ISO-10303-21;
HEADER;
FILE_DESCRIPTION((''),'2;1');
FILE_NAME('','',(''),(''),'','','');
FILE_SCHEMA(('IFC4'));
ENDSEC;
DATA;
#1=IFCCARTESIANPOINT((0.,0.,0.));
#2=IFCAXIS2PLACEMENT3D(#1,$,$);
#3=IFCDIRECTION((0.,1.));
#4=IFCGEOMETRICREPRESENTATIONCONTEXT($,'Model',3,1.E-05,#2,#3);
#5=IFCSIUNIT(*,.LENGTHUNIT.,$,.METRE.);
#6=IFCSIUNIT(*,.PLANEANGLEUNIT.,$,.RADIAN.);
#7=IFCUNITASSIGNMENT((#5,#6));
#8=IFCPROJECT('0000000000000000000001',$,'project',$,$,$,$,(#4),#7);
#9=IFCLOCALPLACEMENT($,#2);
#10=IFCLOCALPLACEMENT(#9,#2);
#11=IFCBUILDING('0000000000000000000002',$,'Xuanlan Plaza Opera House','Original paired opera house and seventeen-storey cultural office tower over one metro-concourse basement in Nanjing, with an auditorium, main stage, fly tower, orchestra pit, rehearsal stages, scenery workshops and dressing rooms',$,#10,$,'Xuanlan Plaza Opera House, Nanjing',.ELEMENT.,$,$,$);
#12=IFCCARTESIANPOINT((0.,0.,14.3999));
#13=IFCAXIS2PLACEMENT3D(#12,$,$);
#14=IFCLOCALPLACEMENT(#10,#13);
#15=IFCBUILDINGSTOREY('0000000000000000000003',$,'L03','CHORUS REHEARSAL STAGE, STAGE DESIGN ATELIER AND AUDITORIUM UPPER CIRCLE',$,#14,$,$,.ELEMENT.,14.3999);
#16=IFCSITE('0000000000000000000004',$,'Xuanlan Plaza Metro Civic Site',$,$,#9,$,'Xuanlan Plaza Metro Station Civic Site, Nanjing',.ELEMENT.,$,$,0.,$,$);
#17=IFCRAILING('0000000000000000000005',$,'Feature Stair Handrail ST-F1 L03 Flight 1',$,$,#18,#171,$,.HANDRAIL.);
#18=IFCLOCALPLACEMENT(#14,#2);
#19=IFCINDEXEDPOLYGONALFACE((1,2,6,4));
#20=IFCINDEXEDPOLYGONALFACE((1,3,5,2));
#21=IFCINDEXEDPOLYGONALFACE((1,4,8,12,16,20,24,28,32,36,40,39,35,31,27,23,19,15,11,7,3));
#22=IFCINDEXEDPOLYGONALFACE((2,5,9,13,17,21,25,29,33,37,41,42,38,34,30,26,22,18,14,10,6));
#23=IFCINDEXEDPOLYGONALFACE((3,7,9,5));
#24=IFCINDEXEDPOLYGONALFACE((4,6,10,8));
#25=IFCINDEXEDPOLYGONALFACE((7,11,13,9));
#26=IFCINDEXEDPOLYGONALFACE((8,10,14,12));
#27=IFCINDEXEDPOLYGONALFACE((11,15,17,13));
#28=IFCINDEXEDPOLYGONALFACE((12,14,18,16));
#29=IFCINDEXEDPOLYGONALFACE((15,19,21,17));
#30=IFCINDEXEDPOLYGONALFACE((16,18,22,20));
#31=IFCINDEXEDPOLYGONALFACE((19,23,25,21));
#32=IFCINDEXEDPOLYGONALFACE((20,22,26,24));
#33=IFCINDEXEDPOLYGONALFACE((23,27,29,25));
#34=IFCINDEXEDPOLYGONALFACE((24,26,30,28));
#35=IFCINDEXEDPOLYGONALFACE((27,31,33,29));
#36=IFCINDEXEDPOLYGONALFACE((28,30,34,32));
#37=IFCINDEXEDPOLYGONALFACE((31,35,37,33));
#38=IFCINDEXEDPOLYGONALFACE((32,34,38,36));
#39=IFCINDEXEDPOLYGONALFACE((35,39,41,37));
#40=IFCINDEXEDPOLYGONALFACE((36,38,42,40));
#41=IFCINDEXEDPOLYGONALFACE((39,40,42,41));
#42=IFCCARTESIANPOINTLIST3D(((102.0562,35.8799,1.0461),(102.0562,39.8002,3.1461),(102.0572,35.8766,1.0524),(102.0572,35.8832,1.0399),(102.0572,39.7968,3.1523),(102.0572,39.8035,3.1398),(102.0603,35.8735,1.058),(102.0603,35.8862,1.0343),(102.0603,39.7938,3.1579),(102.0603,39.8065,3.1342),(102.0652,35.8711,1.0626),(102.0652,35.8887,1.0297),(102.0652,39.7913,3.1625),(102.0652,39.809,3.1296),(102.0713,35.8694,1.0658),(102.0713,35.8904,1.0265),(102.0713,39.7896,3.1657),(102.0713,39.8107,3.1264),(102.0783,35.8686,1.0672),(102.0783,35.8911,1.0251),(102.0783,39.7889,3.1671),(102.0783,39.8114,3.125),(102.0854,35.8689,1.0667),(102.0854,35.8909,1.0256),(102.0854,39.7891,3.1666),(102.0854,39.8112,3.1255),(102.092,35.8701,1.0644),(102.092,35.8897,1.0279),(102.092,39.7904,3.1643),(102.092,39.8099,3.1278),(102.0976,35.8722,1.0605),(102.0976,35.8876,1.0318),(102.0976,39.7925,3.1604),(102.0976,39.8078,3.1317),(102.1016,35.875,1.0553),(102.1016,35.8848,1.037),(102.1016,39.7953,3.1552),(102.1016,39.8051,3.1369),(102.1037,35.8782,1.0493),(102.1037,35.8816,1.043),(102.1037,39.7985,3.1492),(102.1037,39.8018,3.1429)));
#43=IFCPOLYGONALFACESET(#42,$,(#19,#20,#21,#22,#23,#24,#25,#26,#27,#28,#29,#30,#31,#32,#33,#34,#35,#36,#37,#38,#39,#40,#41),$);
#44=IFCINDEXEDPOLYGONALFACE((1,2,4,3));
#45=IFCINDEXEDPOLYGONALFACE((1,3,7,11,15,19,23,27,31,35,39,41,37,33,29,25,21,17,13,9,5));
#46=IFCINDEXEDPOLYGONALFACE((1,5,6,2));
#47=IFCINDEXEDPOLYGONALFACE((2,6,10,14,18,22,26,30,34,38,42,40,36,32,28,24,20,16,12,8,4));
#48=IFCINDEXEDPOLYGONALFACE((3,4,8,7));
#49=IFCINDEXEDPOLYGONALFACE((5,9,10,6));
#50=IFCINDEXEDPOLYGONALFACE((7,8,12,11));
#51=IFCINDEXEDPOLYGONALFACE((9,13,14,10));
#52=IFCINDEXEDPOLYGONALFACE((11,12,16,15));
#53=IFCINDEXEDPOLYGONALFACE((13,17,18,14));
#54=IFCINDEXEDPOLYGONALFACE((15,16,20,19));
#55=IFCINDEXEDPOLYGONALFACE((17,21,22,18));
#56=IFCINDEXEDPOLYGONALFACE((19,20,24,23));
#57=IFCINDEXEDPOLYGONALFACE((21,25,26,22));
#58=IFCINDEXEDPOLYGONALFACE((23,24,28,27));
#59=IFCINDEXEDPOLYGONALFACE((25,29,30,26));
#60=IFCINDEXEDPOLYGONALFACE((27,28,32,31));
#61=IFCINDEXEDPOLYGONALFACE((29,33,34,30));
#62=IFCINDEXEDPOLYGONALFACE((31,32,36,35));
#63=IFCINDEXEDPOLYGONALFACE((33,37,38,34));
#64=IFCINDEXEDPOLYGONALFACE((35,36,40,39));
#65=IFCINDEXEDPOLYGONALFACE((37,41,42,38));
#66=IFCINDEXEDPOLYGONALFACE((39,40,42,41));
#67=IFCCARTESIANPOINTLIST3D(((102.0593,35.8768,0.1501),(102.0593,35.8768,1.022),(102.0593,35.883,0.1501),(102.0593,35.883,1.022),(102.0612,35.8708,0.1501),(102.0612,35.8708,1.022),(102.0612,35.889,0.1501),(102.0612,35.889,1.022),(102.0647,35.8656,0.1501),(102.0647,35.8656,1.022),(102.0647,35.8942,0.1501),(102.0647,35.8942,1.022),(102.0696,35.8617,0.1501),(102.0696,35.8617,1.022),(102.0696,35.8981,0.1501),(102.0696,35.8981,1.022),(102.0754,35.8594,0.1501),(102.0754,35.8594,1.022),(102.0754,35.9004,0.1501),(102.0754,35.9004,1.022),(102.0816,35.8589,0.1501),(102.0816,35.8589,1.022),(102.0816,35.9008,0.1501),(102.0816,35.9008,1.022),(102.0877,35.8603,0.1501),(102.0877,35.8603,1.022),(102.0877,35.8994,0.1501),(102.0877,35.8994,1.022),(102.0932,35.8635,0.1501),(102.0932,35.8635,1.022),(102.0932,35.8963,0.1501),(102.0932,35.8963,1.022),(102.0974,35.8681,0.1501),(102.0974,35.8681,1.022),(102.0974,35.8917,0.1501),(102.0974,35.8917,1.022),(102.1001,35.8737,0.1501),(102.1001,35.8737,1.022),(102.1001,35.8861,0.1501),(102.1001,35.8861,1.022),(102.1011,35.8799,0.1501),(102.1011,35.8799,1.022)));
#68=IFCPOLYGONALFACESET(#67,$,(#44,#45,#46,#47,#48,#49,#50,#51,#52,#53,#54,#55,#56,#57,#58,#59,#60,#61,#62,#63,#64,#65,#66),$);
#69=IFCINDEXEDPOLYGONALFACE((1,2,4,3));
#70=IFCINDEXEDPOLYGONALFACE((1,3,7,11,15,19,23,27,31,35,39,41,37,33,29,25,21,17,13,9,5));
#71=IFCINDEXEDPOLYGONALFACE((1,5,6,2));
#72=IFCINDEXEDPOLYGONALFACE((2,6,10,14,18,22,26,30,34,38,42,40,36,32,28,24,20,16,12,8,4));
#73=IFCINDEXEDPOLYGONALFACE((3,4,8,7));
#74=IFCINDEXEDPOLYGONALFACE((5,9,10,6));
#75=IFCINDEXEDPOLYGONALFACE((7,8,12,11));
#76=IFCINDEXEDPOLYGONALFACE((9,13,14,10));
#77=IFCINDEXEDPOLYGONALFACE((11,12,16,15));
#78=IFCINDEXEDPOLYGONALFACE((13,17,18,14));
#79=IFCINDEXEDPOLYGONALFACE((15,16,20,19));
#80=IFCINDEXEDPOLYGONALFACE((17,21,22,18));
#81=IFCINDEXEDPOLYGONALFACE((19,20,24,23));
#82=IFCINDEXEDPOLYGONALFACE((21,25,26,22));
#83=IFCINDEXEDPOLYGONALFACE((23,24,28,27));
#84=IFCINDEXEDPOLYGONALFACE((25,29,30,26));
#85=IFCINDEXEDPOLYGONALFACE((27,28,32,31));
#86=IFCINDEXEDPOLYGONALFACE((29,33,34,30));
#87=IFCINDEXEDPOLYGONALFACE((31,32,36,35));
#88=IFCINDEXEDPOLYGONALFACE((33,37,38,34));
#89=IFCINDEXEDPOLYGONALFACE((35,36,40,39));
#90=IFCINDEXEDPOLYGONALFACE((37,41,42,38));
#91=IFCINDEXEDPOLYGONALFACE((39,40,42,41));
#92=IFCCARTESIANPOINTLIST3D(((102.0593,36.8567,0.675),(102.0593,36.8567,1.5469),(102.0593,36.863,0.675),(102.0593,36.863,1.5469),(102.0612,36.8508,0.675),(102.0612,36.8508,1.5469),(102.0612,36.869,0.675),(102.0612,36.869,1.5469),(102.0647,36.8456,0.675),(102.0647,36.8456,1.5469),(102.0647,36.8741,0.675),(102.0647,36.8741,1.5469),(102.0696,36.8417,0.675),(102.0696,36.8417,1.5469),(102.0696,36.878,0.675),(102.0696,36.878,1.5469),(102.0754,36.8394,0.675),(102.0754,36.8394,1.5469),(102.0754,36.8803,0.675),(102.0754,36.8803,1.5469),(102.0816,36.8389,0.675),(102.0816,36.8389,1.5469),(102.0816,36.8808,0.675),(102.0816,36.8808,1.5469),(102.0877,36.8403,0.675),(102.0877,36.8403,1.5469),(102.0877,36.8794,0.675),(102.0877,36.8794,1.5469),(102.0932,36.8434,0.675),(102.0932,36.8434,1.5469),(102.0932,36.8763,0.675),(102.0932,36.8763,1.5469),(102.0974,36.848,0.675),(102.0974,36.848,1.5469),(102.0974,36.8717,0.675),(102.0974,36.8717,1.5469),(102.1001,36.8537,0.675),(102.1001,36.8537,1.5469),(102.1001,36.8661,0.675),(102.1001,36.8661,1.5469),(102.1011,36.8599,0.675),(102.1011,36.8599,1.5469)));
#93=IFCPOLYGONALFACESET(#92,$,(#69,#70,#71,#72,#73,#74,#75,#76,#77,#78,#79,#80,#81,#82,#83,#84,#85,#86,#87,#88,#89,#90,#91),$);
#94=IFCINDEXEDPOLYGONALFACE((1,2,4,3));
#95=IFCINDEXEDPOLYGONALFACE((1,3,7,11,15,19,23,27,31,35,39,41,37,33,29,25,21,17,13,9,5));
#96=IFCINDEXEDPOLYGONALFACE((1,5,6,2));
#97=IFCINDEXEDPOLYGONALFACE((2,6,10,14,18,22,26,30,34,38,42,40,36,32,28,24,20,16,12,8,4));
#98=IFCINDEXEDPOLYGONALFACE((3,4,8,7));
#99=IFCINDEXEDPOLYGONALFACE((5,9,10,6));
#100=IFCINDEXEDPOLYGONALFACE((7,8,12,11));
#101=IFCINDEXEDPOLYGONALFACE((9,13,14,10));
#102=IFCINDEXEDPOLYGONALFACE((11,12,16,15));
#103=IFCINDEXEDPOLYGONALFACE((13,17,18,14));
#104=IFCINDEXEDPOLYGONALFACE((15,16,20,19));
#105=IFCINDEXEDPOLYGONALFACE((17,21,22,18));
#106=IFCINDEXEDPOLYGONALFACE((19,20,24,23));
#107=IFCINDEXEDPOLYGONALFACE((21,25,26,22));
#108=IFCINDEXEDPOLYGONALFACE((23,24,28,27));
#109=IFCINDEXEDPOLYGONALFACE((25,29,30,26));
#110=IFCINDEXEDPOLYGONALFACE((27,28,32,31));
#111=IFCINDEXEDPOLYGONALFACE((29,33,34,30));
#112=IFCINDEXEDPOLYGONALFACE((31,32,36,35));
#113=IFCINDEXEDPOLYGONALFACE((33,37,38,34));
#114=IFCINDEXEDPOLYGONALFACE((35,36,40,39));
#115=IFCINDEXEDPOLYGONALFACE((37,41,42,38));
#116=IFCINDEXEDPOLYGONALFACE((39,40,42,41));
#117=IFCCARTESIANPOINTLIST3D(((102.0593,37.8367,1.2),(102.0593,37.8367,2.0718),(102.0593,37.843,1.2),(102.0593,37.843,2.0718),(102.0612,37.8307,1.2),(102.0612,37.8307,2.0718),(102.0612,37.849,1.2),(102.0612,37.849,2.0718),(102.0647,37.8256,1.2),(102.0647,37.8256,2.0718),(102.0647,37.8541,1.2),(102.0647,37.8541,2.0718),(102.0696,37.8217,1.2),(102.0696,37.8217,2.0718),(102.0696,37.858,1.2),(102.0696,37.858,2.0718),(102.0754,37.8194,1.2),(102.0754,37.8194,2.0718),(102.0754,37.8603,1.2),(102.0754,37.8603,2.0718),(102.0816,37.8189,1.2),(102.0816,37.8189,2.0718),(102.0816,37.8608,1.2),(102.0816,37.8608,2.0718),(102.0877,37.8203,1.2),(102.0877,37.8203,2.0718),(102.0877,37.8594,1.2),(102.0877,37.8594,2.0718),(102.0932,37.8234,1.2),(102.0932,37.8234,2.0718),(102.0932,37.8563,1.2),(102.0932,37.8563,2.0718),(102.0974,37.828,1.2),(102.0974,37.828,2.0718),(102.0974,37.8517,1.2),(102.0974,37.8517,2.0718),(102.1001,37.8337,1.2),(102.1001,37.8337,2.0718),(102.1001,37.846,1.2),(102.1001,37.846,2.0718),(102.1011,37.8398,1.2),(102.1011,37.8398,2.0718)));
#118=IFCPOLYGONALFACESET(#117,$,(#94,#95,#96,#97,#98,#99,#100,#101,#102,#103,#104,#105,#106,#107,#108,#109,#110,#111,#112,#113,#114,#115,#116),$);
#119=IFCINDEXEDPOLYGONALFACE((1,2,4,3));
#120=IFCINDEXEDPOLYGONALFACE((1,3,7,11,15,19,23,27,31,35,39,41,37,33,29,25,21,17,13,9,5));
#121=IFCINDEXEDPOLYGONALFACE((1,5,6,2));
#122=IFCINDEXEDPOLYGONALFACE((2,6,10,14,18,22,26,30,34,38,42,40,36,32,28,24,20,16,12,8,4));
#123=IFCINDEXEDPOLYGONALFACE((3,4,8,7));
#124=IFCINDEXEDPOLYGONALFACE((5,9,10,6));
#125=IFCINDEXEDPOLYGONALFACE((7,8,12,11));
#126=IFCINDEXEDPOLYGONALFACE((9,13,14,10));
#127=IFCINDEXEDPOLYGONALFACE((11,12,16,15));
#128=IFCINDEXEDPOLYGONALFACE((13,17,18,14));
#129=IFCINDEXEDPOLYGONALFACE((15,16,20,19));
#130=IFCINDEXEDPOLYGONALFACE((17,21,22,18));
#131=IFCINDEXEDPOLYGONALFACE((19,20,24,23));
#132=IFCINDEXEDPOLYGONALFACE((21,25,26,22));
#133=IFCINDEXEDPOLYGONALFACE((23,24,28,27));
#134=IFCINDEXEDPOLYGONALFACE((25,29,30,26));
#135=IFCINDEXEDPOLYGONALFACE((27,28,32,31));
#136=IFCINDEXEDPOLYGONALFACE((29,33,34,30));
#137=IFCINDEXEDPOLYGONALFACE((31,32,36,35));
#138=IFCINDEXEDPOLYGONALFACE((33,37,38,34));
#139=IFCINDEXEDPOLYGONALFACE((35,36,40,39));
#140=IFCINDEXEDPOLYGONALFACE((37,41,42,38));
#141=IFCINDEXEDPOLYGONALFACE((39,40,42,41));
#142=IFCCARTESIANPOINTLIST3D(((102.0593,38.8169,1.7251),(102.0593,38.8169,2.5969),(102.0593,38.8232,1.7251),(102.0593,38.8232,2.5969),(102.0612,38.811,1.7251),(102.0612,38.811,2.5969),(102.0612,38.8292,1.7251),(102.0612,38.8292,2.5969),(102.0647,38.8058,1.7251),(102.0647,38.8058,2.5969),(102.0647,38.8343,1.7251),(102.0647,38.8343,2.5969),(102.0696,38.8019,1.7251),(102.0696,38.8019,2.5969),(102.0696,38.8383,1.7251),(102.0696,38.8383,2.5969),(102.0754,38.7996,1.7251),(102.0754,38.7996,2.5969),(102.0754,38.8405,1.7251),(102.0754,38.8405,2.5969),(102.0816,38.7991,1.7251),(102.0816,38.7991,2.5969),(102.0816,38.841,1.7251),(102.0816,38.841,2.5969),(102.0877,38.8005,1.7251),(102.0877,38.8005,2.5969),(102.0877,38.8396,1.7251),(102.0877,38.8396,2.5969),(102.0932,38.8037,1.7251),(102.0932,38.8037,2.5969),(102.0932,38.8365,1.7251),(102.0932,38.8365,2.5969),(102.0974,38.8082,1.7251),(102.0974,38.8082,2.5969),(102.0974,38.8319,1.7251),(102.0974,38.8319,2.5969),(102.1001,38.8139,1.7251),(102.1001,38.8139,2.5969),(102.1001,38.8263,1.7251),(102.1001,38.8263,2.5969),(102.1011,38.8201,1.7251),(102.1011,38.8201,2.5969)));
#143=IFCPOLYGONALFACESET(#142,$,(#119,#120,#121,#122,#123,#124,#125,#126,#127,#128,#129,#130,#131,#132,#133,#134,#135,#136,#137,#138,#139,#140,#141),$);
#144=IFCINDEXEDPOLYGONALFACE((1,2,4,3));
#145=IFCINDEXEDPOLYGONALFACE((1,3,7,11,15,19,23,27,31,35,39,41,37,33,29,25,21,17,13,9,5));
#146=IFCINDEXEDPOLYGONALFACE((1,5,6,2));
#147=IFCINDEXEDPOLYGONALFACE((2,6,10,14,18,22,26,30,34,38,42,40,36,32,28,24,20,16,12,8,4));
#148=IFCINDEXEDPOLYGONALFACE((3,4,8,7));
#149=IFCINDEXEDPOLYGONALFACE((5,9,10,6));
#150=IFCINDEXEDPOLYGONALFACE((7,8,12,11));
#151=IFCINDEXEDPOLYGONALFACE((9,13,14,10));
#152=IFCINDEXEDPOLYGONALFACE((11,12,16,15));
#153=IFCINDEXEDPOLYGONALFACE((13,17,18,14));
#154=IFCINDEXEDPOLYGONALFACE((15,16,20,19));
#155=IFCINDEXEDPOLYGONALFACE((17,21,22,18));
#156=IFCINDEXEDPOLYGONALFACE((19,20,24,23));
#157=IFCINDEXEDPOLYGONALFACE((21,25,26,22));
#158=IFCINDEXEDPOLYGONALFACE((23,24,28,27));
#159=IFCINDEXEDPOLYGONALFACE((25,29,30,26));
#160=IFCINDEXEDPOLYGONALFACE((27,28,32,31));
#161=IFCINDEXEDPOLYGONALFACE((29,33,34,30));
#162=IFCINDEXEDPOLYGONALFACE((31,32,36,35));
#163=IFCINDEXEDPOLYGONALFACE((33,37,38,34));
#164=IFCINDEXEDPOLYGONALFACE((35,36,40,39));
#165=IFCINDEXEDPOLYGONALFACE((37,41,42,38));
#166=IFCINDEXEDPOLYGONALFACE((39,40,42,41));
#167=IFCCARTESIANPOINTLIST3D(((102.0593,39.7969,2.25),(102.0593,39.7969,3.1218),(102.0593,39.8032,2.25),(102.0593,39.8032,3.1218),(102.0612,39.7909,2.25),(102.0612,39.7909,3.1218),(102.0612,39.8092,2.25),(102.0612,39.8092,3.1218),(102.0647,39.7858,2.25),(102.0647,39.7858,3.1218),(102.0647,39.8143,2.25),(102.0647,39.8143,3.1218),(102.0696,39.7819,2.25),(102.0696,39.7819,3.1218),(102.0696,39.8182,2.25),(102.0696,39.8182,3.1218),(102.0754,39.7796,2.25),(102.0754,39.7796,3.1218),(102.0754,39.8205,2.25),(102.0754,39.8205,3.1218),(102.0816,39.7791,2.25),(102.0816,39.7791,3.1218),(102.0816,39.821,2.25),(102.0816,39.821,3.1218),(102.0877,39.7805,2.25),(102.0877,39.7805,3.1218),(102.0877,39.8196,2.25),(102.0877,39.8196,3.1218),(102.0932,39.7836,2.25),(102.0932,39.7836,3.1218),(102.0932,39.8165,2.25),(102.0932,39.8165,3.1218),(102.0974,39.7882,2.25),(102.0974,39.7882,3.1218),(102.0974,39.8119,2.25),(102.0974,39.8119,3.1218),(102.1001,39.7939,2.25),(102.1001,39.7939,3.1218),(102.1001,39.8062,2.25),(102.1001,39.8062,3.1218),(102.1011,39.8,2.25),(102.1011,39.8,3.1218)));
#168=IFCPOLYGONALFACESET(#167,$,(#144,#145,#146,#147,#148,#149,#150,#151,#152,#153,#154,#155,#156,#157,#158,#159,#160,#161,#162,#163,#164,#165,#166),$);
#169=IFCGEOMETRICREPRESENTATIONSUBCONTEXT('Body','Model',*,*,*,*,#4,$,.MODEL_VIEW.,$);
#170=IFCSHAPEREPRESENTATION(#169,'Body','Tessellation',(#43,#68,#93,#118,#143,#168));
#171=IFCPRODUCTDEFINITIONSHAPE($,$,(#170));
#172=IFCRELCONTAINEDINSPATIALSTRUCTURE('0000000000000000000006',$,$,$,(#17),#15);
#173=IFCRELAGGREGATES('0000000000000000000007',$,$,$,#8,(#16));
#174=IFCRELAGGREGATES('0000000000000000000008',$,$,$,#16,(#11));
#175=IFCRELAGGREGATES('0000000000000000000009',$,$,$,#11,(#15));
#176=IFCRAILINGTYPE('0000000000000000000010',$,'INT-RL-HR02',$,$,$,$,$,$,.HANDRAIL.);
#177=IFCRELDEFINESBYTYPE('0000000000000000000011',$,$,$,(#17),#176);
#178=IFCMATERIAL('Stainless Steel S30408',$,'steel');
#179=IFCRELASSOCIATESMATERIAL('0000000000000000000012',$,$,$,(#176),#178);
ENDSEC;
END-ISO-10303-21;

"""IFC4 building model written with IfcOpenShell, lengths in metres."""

from ifc_helpers import new_model, si_unit, direction, frame, origin, origin_2d, place, context, subcontext, project, spatial, circle, extrude, material, type_object, element, save


model = new_model("IFC4")

# Units and contexts
model_context = context("Model", 3, precision=1e-05, world=origin(), true_north=direction((0.0, 1.0)))
body_context = subcontext(model_context, "Body", "Model", "MODEL_VIEW")
ifc_project = project(units=[si_unit("LENGTHUNIT", "METRE"), si_unit("PLANEANGLEUNIT", "RADIAN")], contexts=[model_context])

# Site, building, storey
site_placement = place(None, origin())
site = spatial("IfcSite", under=ifc_project, at=site_placement, Name="Xuanlan Plaza Metro Civic Site", LongName="Xuanlan Plaza Metro Station Civic Site, Nanjing", CompositionType="ELEMENT", RefElevation=0.0)
building_placement = place(site_placement, origin())
building = spatial("IfcBuilding", under=site, at=building_placement, Name="Xuanlan Plaza Opera House", Description="Original paired opera house and seventeen-storey cultural office tower over one metro-concourse basement in Nanjing, with an auditorium, main stage, fly tower, orchestra pit, rehearsal stages, scenery workshops and dressing rooms", LongName="Xuanlan Plaza Opera House, Nanjing", CompositionType="ELEMENT")
storey_placement = place(building_placement, frame((0.0, 0.0, 14.3999)))
storey = spatial("IfcBuildingStorey", under=building, at=storey_placement, Name="L03", Description="CHORUS REHEARSAL STAGE, STAGE DESIGN ATELIER AND AUDITORIUM UPPER CIRCLE", CompositionType="ELEMENT", Elevation=14.3999)

# Shared definitions
ifc_material_1 = material(Name="Stainless Steel S30408", Category="steel")

# Railing
railing_type_1 = type_object("IfcRailingType", Name="INT-RL-HR02", PredefinedType="HANDRAIL", material=ifc_material_1)
railing_1_placement = place(storey_placement, frame((102.0801, 35.8799, 0.1501)))
element("IfcRailing", 1, at=railing_1_placement, inside=storey, type_object=railing_type_1, Name="Feature Stair Handrail ST-F1 L03 Flight 1", PredefinedType="HANDRAIL", context=body_context, shape_type="SweptSolid", body=[
    extrude(circle(Radius=0.0239, at=origin_2d()), frame((0.0, 0.0, 0.896), z_axis=(0.0, 0.881502, 0.47218), x_axis=(-1.0, 0.0, 0.0)), (0.0, 0.0, 1.0), 4.4473),
    extrude(circle(Radius=0.021, at=origin_2d()), origin(), (0.0, 0.0, 1.0), 0.8718),
    extrude(circle(Radius=0.021, at=origin_2d()), frame((0.0, 0.98, 0.5249)), (0.0, 0.0, 1.0), 0.8718),
    extrude(circle(Radius=0.021, at=origin_2d()), frame((0.0, 1.96, 1.0498)), (0.0, 0.0, 1.0), 0.8718),
    extrude(circle(Radius=0.021, at=origin_2d()), frame((0.0, 2.9402, 1.575)), (0.0, 0.0, 1.0), 0.8718),
    extrude(circle(Radius=0.021, at=origin_2d()), frame((0.0, 3.9202, 2.0999)), (0.0, 0.0, 1.0), 0.8718),
])

save(model, "model.ifc")
